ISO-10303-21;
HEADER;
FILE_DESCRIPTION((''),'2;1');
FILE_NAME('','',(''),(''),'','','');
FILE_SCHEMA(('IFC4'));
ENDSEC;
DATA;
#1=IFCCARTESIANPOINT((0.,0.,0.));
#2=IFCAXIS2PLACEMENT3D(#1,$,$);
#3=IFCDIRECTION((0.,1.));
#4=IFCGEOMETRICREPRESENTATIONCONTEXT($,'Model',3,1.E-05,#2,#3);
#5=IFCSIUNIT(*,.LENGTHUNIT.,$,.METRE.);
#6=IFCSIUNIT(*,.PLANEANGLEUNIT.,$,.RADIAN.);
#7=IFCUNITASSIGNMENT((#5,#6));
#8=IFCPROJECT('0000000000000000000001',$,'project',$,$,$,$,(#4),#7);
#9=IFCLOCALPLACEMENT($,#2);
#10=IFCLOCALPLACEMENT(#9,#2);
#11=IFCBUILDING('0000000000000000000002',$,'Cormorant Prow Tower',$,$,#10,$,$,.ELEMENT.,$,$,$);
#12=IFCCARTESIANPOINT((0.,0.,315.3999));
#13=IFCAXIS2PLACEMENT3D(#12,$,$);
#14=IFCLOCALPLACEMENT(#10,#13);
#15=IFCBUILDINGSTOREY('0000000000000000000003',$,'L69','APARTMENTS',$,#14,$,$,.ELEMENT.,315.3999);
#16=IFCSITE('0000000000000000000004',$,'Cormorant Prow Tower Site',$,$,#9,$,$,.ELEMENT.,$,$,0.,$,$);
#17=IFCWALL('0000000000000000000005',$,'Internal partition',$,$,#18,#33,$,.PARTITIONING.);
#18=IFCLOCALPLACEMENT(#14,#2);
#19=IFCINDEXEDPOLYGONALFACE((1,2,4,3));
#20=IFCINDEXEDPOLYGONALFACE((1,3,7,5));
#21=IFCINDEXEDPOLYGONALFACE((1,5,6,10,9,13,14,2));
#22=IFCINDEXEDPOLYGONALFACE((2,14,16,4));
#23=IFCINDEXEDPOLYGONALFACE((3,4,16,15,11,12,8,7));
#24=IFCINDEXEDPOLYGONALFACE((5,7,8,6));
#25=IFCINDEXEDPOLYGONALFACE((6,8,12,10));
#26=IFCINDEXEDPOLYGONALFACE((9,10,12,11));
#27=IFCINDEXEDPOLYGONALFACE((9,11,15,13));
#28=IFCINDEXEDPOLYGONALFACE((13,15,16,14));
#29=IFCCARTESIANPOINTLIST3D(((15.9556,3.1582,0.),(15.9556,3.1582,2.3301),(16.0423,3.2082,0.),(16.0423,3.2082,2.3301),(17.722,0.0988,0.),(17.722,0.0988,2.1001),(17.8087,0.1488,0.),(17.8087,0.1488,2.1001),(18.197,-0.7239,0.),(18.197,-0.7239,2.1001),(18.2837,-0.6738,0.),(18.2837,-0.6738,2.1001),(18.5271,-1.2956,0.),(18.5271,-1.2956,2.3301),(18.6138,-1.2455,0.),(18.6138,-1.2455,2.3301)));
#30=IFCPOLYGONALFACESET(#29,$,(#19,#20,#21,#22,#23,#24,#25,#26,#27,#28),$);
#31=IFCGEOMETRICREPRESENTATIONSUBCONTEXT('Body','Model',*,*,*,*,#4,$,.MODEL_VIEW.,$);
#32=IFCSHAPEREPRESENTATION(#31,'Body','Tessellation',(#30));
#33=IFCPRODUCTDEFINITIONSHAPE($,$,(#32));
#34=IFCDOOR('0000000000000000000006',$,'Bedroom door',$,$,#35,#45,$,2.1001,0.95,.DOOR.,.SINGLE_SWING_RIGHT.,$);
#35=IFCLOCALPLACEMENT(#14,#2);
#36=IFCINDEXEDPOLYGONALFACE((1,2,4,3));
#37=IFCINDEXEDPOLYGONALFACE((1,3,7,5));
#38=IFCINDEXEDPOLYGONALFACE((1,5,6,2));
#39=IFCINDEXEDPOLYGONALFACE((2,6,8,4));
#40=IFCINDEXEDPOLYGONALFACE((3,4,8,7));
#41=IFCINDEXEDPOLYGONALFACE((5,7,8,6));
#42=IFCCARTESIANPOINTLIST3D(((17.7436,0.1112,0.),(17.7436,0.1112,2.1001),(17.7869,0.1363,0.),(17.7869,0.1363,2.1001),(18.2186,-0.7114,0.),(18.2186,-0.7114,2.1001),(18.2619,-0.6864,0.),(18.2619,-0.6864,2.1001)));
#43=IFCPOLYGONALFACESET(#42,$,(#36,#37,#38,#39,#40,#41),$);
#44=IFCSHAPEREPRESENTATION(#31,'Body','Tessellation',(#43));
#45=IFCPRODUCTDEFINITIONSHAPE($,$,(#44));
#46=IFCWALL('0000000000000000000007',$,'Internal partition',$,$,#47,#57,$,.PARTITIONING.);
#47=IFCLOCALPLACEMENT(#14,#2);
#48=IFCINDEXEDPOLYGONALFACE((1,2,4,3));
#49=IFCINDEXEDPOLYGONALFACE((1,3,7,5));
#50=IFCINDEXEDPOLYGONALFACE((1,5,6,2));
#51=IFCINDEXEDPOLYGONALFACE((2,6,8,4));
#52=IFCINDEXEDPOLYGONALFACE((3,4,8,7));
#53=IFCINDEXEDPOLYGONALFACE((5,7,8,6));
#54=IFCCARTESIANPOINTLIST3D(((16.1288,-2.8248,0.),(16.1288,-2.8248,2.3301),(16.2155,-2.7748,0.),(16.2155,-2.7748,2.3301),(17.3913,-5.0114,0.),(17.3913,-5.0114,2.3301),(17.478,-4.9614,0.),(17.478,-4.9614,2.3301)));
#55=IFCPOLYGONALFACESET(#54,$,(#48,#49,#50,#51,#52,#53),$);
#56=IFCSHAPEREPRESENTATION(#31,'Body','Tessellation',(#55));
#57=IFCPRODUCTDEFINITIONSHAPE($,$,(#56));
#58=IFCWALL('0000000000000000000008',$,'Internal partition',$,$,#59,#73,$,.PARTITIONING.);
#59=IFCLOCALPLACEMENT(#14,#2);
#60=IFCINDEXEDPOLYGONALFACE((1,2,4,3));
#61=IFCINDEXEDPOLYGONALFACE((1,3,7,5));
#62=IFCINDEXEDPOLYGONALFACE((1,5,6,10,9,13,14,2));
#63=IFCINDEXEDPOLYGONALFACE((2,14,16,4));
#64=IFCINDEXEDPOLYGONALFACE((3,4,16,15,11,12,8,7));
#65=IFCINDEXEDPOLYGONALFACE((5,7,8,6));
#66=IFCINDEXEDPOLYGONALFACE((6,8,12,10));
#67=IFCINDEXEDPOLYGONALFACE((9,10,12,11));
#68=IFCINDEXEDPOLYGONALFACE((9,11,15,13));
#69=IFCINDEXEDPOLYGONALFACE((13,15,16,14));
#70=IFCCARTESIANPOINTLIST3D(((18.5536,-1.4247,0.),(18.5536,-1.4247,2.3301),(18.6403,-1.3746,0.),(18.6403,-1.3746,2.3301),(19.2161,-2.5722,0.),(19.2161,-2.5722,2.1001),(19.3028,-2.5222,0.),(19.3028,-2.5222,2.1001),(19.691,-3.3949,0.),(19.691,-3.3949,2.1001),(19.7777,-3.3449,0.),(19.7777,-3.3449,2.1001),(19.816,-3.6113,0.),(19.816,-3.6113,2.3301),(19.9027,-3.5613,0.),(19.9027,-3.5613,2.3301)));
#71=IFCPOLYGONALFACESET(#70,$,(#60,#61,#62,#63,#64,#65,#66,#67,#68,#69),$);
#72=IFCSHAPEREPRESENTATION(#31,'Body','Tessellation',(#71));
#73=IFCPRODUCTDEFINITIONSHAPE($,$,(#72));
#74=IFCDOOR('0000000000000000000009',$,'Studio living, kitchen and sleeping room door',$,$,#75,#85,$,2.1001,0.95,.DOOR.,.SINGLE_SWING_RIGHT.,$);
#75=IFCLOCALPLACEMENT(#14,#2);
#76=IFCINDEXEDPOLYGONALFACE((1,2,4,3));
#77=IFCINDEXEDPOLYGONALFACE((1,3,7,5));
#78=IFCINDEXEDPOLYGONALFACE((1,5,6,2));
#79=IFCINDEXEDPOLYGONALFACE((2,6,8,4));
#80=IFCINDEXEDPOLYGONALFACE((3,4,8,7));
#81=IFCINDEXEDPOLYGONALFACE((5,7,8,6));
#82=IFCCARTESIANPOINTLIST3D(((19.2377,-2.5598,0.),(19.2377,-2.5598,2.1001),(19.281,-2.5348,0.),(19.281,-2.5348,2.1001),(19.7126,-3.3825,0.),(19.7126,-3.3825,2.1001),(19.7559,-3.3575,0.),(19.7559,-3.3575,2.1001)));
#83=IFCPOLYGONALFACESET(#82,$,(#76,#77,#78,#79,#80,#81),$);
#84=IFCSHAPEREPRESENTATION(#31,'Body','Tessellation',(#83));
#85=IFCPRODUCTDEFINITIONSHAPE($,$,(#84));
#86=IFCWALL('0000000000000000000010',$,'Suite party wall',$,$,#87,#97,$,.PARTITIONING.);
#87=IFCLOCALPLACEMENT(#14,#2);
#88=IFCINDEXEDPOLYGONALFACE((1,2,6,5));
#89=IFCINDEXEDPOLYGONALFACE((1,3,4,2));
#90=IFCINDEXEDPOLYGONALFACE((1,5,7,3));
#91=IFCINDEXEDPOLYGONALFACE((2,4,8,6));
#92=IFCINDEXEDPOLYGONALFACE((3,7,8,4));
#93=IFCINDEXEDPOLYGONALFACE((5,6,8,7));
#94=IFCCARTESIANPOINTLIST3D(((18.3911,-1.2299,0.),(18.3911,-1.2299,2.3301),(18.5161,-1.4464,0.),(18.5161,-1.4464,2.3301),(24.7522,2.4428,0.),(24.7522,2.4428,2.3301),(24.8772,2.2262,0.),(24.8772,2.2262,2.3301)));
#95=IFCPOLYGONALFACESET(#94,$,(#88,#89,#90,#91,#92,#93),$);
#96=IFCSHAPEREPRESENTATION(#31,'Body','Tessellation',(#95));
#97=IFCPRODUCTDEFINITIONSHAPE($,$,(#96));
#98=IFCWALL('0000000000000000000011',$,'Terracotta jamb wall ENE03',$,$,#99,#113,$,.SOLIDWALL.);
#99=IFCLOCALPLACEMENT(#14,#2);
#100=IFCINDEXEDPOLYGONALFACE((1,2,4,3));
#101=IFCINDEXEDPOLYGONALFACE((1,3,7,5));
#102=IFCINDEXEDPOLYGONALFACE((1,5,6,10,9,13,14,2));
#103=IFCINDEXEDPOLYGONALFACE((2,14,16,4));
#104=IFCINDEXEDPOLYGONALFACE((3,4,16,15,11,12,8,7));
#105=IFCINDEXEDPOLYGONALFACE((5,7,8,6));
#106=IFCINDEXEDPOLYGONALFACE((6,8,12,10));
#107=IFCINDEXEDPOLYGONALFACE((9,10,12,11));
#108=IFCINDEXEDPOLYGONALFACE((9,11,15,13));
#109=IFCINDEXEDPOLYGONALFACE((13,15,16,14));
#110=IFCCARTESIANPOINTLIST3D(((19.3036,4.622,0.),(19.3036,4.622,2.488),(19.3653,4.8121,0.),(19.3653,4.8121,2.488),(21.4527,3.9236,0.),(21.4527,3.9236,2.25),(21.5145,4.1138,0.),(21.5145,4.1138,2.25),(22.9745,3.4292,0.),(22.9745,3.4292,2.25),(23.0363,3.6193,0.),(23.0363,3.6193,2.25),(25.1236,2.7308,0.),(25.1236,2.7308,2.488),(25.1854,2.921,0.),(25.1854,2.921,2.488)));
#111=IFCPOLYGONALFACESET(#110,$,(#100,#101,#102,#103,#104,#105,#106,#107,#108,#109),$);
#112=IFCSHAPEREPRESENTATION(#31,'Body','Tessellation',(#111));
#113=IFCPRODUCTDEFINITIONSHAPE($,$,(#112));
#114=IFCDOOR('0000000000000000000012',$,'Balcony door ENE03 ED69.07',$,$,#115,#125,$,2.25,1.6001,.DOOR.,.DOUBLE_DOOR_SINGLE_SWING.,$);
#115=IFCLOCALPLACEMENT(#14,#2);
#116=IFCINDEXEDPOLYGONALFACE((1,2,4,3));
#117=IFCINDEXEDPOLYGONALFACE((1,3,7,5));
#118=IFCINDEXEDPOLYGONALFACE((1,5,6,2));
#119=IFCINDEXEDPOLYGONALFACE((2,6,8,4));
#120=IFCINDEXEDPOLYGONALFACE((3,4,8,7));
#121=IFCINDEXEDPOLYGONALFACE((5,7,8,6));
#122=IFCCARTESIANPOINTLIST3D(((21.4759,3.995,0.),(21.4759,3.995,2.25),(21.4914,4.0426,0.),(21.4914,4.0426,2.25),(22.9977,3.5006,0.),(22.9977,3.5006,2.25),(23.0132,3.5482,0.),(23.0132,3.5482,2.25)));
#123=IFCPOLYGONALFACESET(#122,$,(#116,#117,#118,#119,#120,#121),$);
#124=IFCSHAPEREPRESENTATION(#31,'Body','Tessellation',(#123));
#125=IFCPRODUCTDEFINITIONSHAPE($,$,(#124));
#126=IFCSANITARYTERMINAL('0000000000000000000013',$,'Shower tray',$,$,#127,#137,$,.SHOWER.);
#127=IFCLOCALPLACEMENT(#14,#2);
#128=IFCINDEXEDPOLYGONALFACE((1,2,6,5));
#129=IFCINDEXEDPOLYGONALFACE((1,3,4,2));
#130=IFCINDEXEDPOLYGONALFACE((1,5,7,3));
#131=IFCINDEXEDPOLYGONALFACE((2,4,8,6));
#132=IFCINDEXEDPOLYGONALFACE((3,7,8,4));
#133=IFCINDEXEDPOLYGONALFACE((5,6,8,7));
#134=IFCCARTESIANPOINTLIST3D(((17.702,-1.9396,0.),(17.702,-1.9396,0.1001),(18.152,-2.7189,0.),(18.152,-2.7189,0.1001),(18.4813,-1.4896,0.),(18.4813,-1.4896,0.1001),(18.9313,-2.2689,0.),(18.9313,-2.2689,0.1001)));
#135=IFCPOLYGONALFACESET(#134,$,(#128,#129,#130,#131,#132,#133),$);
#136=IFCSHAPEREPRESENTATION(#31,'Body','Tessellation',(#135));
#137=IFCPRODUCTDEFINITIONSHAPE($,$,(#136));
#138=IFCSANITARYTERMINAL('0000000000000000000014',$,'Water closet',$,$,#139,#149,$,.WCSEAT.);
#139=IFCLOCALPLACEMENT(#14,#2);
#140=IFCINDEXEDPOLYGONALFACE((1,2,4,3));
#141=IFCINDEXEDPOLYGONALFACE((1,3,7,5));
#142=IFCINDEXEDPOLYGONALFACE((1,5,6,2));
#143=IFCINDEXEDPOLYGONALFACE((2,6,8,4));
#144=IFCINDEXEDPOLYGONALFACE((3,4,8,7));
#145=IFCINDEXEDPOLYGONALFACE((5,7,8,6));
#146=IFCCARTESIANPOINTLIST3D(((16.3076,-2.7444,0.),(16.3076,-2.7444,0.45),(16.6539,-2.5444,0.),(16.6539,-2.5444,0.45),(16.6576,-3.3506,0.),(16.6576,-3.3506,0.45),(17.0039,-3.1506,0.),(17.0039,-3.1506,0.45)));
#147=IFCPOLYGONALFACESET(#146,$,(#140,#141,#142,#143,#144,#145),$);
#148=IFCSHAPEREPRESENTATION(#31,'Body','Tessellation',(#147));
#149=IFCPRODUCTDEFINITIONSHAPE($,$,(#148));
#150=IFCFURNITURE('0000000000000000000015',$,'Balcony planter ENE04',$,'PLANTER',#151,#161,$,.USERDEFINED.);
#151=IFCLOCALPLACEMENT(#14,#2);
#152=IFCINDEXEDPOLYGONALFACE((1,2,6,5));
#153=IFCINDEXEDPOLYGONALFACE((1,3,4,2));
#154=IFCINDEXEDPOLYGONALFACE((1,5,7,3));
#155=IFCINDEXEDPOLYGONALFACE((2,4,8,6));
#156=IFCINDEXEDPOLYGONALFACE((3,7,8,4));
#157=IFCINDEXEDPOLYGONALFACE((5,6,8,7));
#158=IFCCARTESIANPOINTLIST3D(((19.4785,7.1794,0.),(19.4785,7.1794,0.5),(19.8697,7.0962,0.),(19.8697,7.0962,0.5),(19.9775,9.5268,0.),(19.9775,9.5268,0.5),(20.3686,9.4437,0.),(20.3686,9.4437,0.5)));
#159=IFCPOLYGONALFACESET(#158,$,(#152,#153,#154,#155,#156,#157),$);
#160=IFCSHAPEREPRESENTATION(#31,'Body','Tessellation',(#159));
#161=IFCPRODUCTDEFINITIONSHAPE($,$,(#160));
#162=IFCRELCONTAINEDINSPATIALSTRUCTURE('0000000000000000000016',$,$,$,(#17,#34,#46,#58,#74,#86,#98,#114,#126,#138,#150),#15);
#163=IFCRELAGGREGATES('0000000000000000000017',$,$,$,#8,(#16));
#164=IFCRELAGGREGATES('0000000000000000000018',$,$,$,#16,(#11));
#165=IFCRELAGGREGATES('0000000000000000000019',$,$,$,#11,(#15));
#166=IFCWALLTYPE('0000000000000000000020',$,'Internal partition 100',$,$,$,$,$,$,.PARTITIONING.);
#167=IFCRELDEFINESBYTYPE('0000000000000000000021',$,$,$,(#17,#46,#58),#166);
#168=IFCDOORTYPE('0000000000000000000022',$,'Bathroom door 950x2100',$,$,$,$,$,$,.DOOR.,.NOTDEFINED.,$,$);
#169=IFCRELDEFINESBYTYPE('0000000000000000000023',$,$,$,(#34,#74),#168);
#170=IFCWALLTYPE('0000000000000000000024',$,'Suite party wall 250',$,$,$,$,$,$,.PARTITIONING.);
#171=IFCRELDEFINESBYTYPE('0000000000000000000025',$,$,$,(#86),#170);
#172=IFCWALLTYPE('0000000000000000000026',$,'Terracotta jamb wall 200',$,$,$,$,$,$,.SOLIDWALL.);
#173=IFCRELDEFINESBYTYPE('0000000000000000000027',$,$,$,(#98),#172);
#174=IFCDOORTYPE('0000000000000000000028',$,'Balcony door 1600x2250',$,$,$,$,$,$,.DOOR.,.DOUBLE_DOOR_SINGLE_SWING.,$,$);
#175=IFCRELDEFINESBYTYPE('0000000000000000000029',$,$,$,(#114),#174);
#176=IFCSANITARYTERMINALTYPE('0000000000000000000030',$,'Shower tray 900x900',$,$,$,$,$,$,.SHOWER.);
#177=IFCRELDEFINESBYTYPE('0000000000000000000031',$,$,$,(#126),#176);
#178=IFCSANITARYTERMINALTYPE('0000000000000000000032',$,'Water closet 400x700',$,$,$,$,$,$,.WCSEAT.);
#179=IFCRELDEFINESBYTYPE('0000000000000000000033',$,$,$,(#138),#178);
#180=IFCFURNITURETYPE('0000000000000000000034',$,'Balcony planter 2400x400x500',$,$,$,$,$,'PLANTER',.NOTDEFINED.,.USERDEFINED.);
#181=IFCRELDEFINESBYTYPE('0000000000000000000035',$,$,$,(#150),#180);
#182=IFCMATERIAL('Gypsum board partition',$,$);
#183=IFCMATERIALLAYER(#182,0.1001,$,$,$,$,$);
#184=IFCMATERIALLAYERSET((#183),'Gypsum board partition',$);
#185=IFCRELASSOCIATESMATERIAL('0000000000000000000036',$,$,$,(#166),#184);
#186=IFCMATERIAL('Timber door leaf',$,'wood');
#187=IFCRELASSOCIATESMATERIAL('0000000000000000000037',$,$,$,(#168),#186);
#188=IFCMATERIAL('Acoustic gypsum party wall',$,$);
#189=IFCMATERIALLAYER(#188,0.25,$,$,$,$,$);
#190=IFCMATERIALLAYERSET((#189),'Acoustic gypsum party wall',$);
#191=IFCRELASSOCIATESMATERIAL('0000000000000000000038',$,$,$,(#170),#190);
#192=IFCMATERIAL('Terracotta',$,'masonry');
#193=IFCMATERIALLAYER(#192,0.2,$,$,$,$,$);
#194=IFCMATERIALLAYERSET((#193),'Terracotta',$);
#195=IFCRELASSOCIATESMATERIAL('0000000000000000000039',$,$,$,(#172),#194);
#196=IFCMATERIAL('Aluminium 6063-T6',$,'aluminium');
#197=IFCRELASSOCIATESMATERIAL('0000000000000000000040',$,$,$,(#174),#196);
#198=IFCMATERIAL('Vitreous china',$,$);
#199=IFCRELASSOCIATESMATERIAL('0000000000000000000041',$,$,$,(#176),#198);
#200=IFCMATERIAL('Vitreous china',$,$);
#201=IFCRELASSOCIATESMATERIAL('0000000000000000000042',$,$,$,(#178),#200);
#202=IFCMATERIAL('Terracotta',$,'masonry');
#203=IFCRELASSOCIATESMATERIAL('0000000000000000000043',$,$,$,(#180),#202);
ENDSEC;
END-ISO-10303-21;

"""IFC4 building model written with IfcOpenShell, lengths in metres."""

from ifc_helpers import new_model, si_unit, direction, frame, frame_2d, origin, origin_2d, place, context, subcontext, project, spatial, rectangle, extrude, material, layer, layer_set, type_object, element, fill, save


model = new_model("IFC4")

# Units and contexts
model_context = context("Model", 3, precision=1e-05, world=origin(), true_north=direction((0.0, 1.0)))
body_context = subcontext(model_context, "Body", "Model", "MODEL_VIEW")
ifc_project = project(units=[si_unit("LENGTHUNIT", "METRE"), si_unit("PLANEANGLEUNIT", "RADIAN")], contexts=[model_context])

# Site, building, storey
site_placement = place(None, origin())
site = spatial("IfcSite", under=ifc_project, at=site_placement, Name="Cormorant Prow Tower Site", CompositionType="ELEMENT", RefElevation=0.0)
building_placement = place(site_placement, origin())
building = spatial("IfcBuilding", under=site, at=building_placement, Name="Cormorant Prow Tower", CompositionType="ELEMENT")
storey_placement = place(building_placement, frame((0.0, 0.0, 315.3999)))
storey = spatial("IfcBuildingStorey", under=building, at=storey_placement, Name="L69", Description="APARTMENTS", CompositionType="ELEMENT", Elevation=315.3999)

# Wall, opening, door
ifc_material_1 = material(Name="Gypsum board partition")
ifc_layer_1 = layer(ifc_material_1, 0.1001)
ifc_layer_set_1 = layer_set([ifc_layer_1], Name="Gypsum board partition")
wall_type_1 = type_object("IfcWallType", Name="Internal partition 100", PredefinedType="PARTITIONING", material=ifc_layer_set_1)
ifc_material_2 = material(Name="Timber door leaf", Category="wood")
door_type_1 = type_object("IfcDoorType", Name="Bathroom door 950x2100", OperationType="NOTDEFINED", PredefinedType="DOOR", material=ifc_material_2)
wall_1_placement = place(storey_placement, frame((15.999, 3.1831, 0.0), z_axis=(0.0, 0.0, 1.0), x_axis=(0.500014, -0.866017, 0.0)))
wall_1 = element("IfcWall", 1, at=wall_1_placement, inside=storey, type_object=wall_type_1, Name="Internal partition", PredefinedType="PARTITIONING", context=body_context, shape_type="SweptSolid", body=[
    extrude(rectangle(XDim=5.1428, YDim=0.1001, at=frame_2d((2.5713, 0.0))), origin(), (0.0, 0.0, 1.0), 2.3301),
])
opening_1_placement = place(wall_1_placement, frame((3.5325, 0.0, 0.0)))
opening_1 = element("IfcOpeningElement", 2, at=opening_1_placement, cuts=wall_1, PredefinedType="OPENING", context=body_context, shape_type="SweptSolid", body=[
    extrude(rectangle(XDim=0.95, YDim=2.1001, at=frame_2d((0.4751, 1.05))), frame((0.0, 0.0601, 0.0), z_axis=(0.0, -1.0, 0.0), x_axis=(1.0, 0.0, 0.0)), (0.0, 0.0, 1.0), 0.1201),
])
door_1_placement = place(opening_1_placement, origin())
door_1 = element("IfcDoor", 3, at=door_1_placement, inside=storey, type_object=door_type_1, Name="Bedroom door", OperationType="SINGLE_SWING_RIGHT", OverallHeight=2.1001, OverallWidth=0.95, PredefinedType="DOOR", context=body_context, shape_type="SweptSolid", body=[
    extrude(rectangle(XDim=0.95, YDim=2.1001, at=frame_2d((0.4751, 1.05))), frame((0.0, 0.0249, 0.0), z_axis=(0.0, -1.0, 0.0), x_axis=(1.0, 0.0, 0.0)), (0.0, 0.0, 1.0), 0.05),
])
fill(opening_1, door_1)

# Wall
wall_2_placement = place(storey_placement, frame((16.1721, -2.7998, 0.0), z_axis=(0.0, 0.0, 1.0), x_axis=(0.500018, -0.866015, 0.0)))
element("IfcWall", 4, at=wall_2_placement, inside=storey, type_object=wall_type_1, Name="Internal partition", PredefinedType="PARTITIONING", context=body_context, shape_type="SweptSolid", body=[
    extrude(rectangle(XDim=2.5249, YDim=0.1001, at=frame_2d((1.2625, 0.0))), origin(), (0.0, 0.0, 1.0), 2.3301),
])

# Wall, opening, door
wall_3_placement = place(storey_placement, frame((18.5969, -1.3997, 0.0), z_axis=(0.0, 0.0, 1.0), x_axis=(0.499976, -0.866039, 0.0)))
wall_3 = element("IfcWall", 5, at=wall_3_placement, inside=storey, type_object=wall_type_1, Name="Internal partition", PredefinedType="PARTITIONING", context=body_context, shape_type="SweptSolid", body=[
    extrude(rectangle(XDim=2.5249, YDim=0.1001, at=frame_2d((1.2625, 0.0))), origin(), (0.0, 0.0, 1.0), 2.3301),
])
opening_2_placement = place(wall_3_placement, frame((1.325, 0.0, 0.0)))
opening_2 = element("IfcOpeningElement", 6, at=opening_2_placement, cuts=wall_3, PredefinedType="OPENING", context=body_context, shape_type="SweptSolid", body=[
    extrude(rectangle(XDim=0.95, YDim=2.1001, at=frame_2d((0.4751, 1.05))), frame((0.0, 0.0601, 0.0), z_axis=(0.0, -1.0, 0.0), x_axis=(1.0, 0.0, 0.0)), (0.0, 0.0, 1.0), 0.1201),
])
door_2_placement = place(opening_2_placement, origin())
door_2 = element("IfcDoor", 7, at=door_2_placement, inside=storey, type_object=door_type_1, Name="Studio living, kitchen and sleeping room door", OperationType="SINGLE_SWING_RIGHT", OverallHeight=2.1001, OverallWidth=0.95, PredefinedType="DOOR", context=body_context, shape_type="SweptSolid", body=[
    extrude(rectangle(XDim=0.95, YDim=2.1001, at=frame_2d((0.4751, 1.05))), frame((0.0, 0.0249, 0.0), z_axis=(0.0, -1.0, 0.0), x_axis=(1.0, 0.0, 0.0)), (0.0, 0.0, 1.0), 0.05),
])
fill(opening_2, door_2)

# Wall
ifc_material_3 = material(Name="Acoustic gypsum party wall")
ifc_layer_2 = layer(ifc_material_3, 0.25)
ifc_layer_set_2 = layer_set([ifc_layer_2], Name="Acoustic gypsum party wall")
wall_type_2 = type_object("IfcWallType", Name="Suite party wall 250", PredefinedType="PARTITIONING", material=ifc_layer_set_2)
wall_4_placement = place(storey_placement, frame((18.4536, -1.3381, 0.0), z_axis=(0.0, 0.0, 1.0), x_axis=(0.866023, 0.500003, 0.0)))
element("IfcWall", 8, at=wall_4_placement, inside=storey, type_object=wall_type_2, Name="Suite party wall", PredefinedType="PARTITIONING", context=body_context, shape_type="SweptSolid", body=[
    extrude(rectangle(XDim=7.3452, YDim=0.25, at=frame_2d((3.6726, 0.0))), origin(), (0.0, 0.0, 1.0), 2.3301),
])

# Wall, opening, door
ifc_material_4 = material(Name="Terracotta", Category="masonry")
ifc_layer_3 = layer(ifc_material_4, 0.2)
ifc_layer_set_3 = layer_set([ifc_layer_3], Name="Terracotta")
wall_type_3 = type_object("IfcWallType", Name="Terracotta jamb wall 200", PredefinedType="SOLIDWALL", material=ifc_layer_set_3)
wall_5_placement = place(storey_placement, frame((25.1545, 2.8259, 0.0), z_axis=(0.0, 0.0, 1.0), x_axis=(-0.951054, 0.309026, 0.0)))
wall_5 = element("IfcWall", 9, at=wall_5_placement, inside=storey, type_object=wall_type_3, Name="Terracotta jamb wall ENE03", PredefinedType="SOLIDWALL", context=body_context, shape_type="SweptSolid", body=[
    extrude(rectangle(XDim=6.1196, YDim=0.2, at=frame_2d((3.0598, 0.0))), origin(), (0.0, 0.0, 1.0), 2.488),
])
opening_3_placement = place(wall_5_placement, frame((2.2598, 0.0, 0.0)))
opening_3 = element("IfcOpeningElement", 10, at=opening_3_placement, cuts=wall_5, PredefinedType="OPENING", context=body_context, shape_type="SweptSolid", body=[
    extrude(rectangle(XDim=1.6001, YDim=2.25, at=frame_2d((0.8, 1.125))), frame((0.0, 0.1099, 0.0), z_axis=(0.0, -1.0, 0.0), x_axis=(1.0, 0.0, 0.0)), (0.0, 0.0, 1.0), 0.22),
])
ifc_material_5 = material(Name="Aluminium 6063-T6", Category="aluminium")
door_type_2 = type_object("IfcDoorType", Name="Balcony door 1600x2250", OperationType="DOUBLE_DOOR_SINGLE_SWING", PredefinedType="DOOR", material=ifc_material_5)
door_3_placement = place(opening_3_placement, origin())
door_3 = element("IfcDoor", 11, at=door_3_placement, inside=storey, type_object=door_type_2, Name="Balcony door ENE03 ED69.07", OperationType="DOUBLE_DOOR_SINGLE_SWING", OverallHeight=2.25, OverallWidth=1.6001, PredefinedType="DOOR", context=body_context, shape_type="SweptSolid", body=[
    extrude(rectangle(XDim=1.6001, YDim=2.25, at=frame_2d((0.8, 1.125))), frame((0.0, 0.0249, 0.0), z_axis=(0.0, -1.0, 0.0), x_axis=(1.0, 0.0, 0.0)), (0.0, 0.0, 1.0), 0.05),
])
fill(opening_3, door_3)

# Sanitary terminals
ifc_material_6 = material(Name="Vitreous china")
sanitary_terminal_type_1 = type_object("IfcSanitaryTerminalType", Name="Shower tray 900x900", PredefinedType="SHOWER", material=ifc_material_6)
sanitary_terminal_1_placement = place(storey_placement, frame((18.3167, -2.1042, 0.0), z_axis=(0.0, 0.0, 1.0), x_axis=(0.5, -0.866025, 0.0)))
element("IfcSanitaryTerminal", 12, at=sanitary_terminal_1_placement, inside=storey, type_object=sanitary_terminal_type_1, Name="Shower tray", PredefinedType="SHOWER", context=body_context, shape_type="SweptSolid", body=[
    extrude(rectangle(XDim=0.8999, YDim=0.8999, at=origin_2d()), origin(), (0.0, 0.0, 1.0), 0.1001),
])
ifc_material_7 = material(Name="Vitreous china")
sanitary_terminal_type_2 = type_object("IfcSanitaryTerminalType", Name="Water closet 400x700", PredefinedType="WCSEAT", material=ifc_material_7)
sanitary_terminal_2_placement = place(storey_placement, frame((16.6558, -2.9475, 0.0), z_axis=(0.0, 0.0, 1.0), x_axis=(0.866025, 0.5, 0.0)))
element("IfcSanitaryTerminal", 13, at=sanitary_terminal_2_placement, inside=storey, type_object=sanitary_terminal_type_2, Name="Water closet", PredefinedType="WCSEAT", context=body_context, shape_type="SweptSolid", body=[
    extrude(rectangle(XDim=0.3999, YDim=0.7, at=origin_2d()), origin(), (0.0, 0.0, 1.0), 0.45),
])

# Furniture
ifc_material_8 = material(Name="Terracotta", Category="masonry")
furniture_type = type_object("IfcFurnitureType", Name="Balcony planter 2400x400x500", ElementType="PLANTER", AssemblyPlace="NOTDEFINED", PredefinedType="USERDEFINED", material=ifc_material_8)
furniture_placement = place(storey_placement, frame((19.9236, 8.3115, 0.0), z_axis=(0.0, 0.0, 1.0), x_axis=(0.207912, 0.978148, 0.0)))
element("IfcFurniture", 14, at=furniture_placement, inside=storey, type_object=furniture_type, Name="Balcony planter ENE04", ObjectType="PLANTER", PredefinedType="USERDEFINED", context=body_context, shape_type="SweptSolid", body=[
    extrude(rectangle(XDim=2.3999, YDim=0.3999, at=origin_2d()), origin(), (0.0, 0.0, 1.0), 0.5),
])

save(model, "model.ifc")
